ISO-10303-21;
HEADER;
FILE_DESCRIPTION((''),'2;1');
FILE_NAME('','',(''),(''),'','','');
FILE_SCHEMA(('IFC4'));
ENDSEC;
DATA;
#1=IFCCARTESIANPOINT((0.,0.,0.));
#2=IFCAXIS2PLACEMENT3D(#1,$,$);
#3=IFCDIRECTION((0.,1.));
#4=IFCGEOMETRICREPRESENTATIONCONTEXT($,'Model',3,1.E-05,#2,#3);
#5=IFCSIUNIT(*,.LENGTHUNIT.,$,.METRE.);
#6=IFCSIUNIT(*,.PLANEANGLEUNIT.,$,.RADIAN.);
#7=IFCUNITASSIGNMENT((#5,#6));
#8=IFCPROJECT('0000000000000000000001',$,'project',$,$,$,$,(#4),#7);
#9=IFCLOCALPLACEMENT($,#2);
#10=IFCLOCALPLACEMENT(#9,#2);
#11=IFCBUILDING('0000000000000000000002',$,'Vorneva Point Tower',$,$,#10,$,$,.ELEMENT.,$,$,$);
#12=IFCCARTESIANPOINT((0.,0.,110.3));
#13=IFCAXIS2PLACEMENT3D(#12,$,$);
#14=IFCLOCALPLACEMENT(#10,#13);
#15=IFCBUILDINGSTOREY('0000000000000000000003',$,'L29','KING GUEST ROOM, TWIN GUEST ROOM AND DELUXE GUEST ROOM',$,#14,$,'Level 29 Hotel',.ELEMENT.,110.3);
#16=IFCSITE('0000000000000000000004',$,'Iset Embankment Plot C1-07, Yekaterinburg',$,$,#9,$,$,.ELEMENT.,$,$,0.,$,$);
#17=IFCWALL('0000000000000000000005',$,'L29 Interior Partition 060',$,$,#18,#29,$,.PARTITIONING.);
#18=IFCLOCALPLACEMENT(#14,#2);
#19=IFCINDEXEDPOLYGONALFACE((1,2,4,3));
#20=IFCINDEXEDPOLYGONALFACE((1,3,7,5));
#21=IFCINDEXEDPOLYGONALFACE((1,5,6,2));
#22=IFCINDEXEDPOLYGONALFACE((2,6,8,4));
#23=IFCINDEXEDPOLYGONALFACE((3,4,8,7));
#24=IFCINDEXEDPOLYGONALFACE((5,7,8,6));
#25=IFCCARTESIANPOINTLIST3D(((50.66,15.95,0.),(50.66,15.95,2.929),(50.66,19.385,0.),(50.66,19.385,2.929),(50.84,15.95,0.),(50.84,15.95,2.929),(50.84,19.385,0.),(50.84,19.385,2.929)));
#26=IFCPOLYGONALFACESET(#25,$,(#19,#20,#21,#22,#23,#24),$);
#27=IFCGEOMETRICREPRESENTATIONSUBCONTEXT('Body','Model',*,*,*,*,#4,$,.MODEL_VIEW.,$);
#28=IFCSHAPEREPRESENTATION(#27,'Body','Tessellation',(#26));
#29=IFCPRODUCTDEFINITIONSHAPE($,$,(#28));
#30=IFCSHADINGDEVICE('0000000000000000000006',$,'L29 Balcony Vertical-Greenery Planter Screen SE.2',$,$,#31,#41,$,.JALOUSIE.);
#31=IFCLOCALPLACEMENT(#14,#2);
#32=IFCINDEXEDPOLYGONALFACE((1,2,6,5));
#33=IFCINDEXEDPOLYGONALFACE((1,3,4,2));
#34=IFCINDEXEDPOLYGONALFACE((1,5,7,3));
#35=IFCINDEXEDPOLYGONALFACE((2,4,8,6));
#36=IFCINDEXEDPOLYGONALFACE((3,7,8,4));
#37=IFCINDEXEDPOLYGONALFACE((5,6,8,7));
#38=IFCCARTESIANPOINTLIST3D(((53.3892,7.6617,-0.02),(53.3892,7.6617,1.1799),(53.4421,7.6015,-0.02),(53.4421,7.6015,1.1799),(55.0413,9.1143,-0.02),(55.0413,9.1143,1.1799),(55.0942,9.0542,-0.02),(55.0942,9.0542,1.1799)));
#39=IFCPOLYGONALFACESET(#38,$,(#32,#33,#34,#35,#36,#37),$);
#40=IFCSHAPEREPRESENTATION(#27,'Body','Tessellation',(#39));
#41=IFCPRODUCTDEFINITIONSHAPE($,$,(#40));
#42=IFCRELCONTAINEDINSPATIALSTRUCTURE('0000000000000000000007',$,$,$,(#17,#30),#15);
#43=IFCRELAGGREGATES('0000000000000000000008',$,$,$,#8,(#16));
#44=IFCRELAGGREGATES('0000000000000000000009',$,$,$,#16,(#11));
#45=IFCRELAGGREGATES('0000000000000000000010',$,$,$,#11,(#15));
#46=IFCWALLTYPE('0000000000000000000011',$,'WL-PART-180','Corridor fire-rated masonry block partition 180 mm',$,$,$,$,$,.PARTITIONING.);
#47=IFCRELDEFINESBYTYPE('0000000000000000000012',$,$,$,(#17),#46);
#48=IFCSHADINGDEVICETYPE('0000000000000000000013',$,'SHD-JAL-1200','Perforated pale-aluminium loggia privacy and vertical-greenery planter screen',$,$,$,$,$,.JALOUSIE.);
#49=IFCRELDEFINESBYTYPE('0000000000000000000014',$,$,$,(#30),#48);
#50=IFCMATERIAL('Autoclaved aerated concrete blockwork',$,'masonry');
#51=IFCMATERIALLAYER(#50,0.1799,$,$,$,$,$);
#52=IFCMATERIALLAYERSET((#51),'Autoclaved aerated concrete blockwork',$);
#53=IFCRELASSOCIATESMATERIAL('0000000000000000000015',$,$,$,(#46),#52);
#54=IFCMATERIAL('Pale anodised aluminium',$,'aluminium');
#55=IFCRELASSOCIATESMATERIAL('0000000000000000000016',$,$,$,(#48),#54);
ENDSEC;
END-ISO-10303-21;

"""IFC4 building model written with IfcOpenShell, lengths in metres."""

from ifc_helpers import new_model, si_unit, direction, frame, frame_2d, origin, origin_2d, place, context, subcontext, project, spatial, rectangle, extrude, material, layer, layer_set, type_object, element, save


model = new_model("IFC4")

# Units and contexts
model_context = context("Model", 3, precision=1e-05, world=origin(), true_north=direction((0.0, 1.0)))
body_context = subcontext(model_context, "Body", "Model", "MODEL_VIEW")
ifc_project = project(units=[si_unit("LENGTHUNIT", "METRE"), si_unit("PLANEANGLEUNIT", "RADIAN")], contexts=[model_context])

# Site, building, storey
site_placement = place(None, origin())
site = spatial("IfcSite", under=ifc_project, at=site_placement, Name="Iset Embankment Plot C1-07, Yekaterinburg", CompositionType="ELEMENT", RefElevation=0.0)
building_placement = place(site_placement, origin())
building = spatial("IfcBuilding", under=site, at=building_placement, Name="Vorneva Point Tower", CompositionType="ELEMENT")
storey_placement = place(building_placement, frame((0.0, 0.0, 110.3)))
storey = spatial("IfcBuildingStorey", under=building, at=storey_placement, Name="L29", Description="KING GUEST ROOM, TWIN GUEST ROOM AND DELUXE GUEST ROOM", LongName="Level 29 Hotel", CompositionType="ELEMENT", Elevation=110.3)

# Shared definitions
ifc_material_1 = material(Name="Pale anodised aluminium", Category="aluminium")

# Shared definitions
ifc_material_2 = material(Name="Autoclaved aerated concrete blockwork", Category="masonry")
ifc_layer_1 = layer(ifc_material_2, 0.1799)
ifc_layer_set_1 = layer_set([ifc_layer_1], Name="Autoclaved aerated concrete blockwork")
wall_type_1 = type_object("IfcWallType", Name="WL-PART-180", Description="Corridor fire-rated masonry block partition 180 mm", PredefinedType="PARTITIONING", material=ifc_layer_set_1)

# Wall
wall_1_placement = place(storey_placement, frame((50.75, 15.95, 0.0), z_axis=(0.0, 0.0, 1.0), x_axis=(0.0, 1.0, 0.0)))
element("IfcWall", 1, at=wall_1_placement, inside=storey, type_object=wall_type_1, Name="L29 Interior Partition 060", PredefinedType="PARTITIONING", context=body_context, shape_type="SweptSolid", body=[
    extrude(rectangle(XDim=3.4351, YDim=0.1799, at=frame_2d((1.7175, 0.0))), origin(), (0.0, 0.0, 1.0), 2.929),
])

# Shading device
shading_device_type = type_object("IfcShadingDeviceType", Name="SHD-JAL-1200", Description="Perforated pale-aluminium loggia privacy and vertical-greenery planter screen", PredefinedType="JALOUSIE", material=ifc_material_1)
shading_device_placement = place(storey_placement, frame((54.2417, 8.3579, -0.02), z_axis=(0.0, 0.0, 1.0), x_axis=(0.750999, 0.660303, 0.0)))
element("IfcShadingDevice", 2, at=shading_device_placement, inside=storey, type_object=shading_device_type, Name="L29 Balcony Vertical-Greenery Planter Screen SE.2", PredefinedType="JALOUSIE", context=body_context, shape_type="SweptSolid", body=[
    extrude(rectangle(XDim=2.2, YDim=0.0801, at=origin_2d()), origin(), (0.0, 0.0, 1.0), 1.2),
])

save(model, "model.ifc")
